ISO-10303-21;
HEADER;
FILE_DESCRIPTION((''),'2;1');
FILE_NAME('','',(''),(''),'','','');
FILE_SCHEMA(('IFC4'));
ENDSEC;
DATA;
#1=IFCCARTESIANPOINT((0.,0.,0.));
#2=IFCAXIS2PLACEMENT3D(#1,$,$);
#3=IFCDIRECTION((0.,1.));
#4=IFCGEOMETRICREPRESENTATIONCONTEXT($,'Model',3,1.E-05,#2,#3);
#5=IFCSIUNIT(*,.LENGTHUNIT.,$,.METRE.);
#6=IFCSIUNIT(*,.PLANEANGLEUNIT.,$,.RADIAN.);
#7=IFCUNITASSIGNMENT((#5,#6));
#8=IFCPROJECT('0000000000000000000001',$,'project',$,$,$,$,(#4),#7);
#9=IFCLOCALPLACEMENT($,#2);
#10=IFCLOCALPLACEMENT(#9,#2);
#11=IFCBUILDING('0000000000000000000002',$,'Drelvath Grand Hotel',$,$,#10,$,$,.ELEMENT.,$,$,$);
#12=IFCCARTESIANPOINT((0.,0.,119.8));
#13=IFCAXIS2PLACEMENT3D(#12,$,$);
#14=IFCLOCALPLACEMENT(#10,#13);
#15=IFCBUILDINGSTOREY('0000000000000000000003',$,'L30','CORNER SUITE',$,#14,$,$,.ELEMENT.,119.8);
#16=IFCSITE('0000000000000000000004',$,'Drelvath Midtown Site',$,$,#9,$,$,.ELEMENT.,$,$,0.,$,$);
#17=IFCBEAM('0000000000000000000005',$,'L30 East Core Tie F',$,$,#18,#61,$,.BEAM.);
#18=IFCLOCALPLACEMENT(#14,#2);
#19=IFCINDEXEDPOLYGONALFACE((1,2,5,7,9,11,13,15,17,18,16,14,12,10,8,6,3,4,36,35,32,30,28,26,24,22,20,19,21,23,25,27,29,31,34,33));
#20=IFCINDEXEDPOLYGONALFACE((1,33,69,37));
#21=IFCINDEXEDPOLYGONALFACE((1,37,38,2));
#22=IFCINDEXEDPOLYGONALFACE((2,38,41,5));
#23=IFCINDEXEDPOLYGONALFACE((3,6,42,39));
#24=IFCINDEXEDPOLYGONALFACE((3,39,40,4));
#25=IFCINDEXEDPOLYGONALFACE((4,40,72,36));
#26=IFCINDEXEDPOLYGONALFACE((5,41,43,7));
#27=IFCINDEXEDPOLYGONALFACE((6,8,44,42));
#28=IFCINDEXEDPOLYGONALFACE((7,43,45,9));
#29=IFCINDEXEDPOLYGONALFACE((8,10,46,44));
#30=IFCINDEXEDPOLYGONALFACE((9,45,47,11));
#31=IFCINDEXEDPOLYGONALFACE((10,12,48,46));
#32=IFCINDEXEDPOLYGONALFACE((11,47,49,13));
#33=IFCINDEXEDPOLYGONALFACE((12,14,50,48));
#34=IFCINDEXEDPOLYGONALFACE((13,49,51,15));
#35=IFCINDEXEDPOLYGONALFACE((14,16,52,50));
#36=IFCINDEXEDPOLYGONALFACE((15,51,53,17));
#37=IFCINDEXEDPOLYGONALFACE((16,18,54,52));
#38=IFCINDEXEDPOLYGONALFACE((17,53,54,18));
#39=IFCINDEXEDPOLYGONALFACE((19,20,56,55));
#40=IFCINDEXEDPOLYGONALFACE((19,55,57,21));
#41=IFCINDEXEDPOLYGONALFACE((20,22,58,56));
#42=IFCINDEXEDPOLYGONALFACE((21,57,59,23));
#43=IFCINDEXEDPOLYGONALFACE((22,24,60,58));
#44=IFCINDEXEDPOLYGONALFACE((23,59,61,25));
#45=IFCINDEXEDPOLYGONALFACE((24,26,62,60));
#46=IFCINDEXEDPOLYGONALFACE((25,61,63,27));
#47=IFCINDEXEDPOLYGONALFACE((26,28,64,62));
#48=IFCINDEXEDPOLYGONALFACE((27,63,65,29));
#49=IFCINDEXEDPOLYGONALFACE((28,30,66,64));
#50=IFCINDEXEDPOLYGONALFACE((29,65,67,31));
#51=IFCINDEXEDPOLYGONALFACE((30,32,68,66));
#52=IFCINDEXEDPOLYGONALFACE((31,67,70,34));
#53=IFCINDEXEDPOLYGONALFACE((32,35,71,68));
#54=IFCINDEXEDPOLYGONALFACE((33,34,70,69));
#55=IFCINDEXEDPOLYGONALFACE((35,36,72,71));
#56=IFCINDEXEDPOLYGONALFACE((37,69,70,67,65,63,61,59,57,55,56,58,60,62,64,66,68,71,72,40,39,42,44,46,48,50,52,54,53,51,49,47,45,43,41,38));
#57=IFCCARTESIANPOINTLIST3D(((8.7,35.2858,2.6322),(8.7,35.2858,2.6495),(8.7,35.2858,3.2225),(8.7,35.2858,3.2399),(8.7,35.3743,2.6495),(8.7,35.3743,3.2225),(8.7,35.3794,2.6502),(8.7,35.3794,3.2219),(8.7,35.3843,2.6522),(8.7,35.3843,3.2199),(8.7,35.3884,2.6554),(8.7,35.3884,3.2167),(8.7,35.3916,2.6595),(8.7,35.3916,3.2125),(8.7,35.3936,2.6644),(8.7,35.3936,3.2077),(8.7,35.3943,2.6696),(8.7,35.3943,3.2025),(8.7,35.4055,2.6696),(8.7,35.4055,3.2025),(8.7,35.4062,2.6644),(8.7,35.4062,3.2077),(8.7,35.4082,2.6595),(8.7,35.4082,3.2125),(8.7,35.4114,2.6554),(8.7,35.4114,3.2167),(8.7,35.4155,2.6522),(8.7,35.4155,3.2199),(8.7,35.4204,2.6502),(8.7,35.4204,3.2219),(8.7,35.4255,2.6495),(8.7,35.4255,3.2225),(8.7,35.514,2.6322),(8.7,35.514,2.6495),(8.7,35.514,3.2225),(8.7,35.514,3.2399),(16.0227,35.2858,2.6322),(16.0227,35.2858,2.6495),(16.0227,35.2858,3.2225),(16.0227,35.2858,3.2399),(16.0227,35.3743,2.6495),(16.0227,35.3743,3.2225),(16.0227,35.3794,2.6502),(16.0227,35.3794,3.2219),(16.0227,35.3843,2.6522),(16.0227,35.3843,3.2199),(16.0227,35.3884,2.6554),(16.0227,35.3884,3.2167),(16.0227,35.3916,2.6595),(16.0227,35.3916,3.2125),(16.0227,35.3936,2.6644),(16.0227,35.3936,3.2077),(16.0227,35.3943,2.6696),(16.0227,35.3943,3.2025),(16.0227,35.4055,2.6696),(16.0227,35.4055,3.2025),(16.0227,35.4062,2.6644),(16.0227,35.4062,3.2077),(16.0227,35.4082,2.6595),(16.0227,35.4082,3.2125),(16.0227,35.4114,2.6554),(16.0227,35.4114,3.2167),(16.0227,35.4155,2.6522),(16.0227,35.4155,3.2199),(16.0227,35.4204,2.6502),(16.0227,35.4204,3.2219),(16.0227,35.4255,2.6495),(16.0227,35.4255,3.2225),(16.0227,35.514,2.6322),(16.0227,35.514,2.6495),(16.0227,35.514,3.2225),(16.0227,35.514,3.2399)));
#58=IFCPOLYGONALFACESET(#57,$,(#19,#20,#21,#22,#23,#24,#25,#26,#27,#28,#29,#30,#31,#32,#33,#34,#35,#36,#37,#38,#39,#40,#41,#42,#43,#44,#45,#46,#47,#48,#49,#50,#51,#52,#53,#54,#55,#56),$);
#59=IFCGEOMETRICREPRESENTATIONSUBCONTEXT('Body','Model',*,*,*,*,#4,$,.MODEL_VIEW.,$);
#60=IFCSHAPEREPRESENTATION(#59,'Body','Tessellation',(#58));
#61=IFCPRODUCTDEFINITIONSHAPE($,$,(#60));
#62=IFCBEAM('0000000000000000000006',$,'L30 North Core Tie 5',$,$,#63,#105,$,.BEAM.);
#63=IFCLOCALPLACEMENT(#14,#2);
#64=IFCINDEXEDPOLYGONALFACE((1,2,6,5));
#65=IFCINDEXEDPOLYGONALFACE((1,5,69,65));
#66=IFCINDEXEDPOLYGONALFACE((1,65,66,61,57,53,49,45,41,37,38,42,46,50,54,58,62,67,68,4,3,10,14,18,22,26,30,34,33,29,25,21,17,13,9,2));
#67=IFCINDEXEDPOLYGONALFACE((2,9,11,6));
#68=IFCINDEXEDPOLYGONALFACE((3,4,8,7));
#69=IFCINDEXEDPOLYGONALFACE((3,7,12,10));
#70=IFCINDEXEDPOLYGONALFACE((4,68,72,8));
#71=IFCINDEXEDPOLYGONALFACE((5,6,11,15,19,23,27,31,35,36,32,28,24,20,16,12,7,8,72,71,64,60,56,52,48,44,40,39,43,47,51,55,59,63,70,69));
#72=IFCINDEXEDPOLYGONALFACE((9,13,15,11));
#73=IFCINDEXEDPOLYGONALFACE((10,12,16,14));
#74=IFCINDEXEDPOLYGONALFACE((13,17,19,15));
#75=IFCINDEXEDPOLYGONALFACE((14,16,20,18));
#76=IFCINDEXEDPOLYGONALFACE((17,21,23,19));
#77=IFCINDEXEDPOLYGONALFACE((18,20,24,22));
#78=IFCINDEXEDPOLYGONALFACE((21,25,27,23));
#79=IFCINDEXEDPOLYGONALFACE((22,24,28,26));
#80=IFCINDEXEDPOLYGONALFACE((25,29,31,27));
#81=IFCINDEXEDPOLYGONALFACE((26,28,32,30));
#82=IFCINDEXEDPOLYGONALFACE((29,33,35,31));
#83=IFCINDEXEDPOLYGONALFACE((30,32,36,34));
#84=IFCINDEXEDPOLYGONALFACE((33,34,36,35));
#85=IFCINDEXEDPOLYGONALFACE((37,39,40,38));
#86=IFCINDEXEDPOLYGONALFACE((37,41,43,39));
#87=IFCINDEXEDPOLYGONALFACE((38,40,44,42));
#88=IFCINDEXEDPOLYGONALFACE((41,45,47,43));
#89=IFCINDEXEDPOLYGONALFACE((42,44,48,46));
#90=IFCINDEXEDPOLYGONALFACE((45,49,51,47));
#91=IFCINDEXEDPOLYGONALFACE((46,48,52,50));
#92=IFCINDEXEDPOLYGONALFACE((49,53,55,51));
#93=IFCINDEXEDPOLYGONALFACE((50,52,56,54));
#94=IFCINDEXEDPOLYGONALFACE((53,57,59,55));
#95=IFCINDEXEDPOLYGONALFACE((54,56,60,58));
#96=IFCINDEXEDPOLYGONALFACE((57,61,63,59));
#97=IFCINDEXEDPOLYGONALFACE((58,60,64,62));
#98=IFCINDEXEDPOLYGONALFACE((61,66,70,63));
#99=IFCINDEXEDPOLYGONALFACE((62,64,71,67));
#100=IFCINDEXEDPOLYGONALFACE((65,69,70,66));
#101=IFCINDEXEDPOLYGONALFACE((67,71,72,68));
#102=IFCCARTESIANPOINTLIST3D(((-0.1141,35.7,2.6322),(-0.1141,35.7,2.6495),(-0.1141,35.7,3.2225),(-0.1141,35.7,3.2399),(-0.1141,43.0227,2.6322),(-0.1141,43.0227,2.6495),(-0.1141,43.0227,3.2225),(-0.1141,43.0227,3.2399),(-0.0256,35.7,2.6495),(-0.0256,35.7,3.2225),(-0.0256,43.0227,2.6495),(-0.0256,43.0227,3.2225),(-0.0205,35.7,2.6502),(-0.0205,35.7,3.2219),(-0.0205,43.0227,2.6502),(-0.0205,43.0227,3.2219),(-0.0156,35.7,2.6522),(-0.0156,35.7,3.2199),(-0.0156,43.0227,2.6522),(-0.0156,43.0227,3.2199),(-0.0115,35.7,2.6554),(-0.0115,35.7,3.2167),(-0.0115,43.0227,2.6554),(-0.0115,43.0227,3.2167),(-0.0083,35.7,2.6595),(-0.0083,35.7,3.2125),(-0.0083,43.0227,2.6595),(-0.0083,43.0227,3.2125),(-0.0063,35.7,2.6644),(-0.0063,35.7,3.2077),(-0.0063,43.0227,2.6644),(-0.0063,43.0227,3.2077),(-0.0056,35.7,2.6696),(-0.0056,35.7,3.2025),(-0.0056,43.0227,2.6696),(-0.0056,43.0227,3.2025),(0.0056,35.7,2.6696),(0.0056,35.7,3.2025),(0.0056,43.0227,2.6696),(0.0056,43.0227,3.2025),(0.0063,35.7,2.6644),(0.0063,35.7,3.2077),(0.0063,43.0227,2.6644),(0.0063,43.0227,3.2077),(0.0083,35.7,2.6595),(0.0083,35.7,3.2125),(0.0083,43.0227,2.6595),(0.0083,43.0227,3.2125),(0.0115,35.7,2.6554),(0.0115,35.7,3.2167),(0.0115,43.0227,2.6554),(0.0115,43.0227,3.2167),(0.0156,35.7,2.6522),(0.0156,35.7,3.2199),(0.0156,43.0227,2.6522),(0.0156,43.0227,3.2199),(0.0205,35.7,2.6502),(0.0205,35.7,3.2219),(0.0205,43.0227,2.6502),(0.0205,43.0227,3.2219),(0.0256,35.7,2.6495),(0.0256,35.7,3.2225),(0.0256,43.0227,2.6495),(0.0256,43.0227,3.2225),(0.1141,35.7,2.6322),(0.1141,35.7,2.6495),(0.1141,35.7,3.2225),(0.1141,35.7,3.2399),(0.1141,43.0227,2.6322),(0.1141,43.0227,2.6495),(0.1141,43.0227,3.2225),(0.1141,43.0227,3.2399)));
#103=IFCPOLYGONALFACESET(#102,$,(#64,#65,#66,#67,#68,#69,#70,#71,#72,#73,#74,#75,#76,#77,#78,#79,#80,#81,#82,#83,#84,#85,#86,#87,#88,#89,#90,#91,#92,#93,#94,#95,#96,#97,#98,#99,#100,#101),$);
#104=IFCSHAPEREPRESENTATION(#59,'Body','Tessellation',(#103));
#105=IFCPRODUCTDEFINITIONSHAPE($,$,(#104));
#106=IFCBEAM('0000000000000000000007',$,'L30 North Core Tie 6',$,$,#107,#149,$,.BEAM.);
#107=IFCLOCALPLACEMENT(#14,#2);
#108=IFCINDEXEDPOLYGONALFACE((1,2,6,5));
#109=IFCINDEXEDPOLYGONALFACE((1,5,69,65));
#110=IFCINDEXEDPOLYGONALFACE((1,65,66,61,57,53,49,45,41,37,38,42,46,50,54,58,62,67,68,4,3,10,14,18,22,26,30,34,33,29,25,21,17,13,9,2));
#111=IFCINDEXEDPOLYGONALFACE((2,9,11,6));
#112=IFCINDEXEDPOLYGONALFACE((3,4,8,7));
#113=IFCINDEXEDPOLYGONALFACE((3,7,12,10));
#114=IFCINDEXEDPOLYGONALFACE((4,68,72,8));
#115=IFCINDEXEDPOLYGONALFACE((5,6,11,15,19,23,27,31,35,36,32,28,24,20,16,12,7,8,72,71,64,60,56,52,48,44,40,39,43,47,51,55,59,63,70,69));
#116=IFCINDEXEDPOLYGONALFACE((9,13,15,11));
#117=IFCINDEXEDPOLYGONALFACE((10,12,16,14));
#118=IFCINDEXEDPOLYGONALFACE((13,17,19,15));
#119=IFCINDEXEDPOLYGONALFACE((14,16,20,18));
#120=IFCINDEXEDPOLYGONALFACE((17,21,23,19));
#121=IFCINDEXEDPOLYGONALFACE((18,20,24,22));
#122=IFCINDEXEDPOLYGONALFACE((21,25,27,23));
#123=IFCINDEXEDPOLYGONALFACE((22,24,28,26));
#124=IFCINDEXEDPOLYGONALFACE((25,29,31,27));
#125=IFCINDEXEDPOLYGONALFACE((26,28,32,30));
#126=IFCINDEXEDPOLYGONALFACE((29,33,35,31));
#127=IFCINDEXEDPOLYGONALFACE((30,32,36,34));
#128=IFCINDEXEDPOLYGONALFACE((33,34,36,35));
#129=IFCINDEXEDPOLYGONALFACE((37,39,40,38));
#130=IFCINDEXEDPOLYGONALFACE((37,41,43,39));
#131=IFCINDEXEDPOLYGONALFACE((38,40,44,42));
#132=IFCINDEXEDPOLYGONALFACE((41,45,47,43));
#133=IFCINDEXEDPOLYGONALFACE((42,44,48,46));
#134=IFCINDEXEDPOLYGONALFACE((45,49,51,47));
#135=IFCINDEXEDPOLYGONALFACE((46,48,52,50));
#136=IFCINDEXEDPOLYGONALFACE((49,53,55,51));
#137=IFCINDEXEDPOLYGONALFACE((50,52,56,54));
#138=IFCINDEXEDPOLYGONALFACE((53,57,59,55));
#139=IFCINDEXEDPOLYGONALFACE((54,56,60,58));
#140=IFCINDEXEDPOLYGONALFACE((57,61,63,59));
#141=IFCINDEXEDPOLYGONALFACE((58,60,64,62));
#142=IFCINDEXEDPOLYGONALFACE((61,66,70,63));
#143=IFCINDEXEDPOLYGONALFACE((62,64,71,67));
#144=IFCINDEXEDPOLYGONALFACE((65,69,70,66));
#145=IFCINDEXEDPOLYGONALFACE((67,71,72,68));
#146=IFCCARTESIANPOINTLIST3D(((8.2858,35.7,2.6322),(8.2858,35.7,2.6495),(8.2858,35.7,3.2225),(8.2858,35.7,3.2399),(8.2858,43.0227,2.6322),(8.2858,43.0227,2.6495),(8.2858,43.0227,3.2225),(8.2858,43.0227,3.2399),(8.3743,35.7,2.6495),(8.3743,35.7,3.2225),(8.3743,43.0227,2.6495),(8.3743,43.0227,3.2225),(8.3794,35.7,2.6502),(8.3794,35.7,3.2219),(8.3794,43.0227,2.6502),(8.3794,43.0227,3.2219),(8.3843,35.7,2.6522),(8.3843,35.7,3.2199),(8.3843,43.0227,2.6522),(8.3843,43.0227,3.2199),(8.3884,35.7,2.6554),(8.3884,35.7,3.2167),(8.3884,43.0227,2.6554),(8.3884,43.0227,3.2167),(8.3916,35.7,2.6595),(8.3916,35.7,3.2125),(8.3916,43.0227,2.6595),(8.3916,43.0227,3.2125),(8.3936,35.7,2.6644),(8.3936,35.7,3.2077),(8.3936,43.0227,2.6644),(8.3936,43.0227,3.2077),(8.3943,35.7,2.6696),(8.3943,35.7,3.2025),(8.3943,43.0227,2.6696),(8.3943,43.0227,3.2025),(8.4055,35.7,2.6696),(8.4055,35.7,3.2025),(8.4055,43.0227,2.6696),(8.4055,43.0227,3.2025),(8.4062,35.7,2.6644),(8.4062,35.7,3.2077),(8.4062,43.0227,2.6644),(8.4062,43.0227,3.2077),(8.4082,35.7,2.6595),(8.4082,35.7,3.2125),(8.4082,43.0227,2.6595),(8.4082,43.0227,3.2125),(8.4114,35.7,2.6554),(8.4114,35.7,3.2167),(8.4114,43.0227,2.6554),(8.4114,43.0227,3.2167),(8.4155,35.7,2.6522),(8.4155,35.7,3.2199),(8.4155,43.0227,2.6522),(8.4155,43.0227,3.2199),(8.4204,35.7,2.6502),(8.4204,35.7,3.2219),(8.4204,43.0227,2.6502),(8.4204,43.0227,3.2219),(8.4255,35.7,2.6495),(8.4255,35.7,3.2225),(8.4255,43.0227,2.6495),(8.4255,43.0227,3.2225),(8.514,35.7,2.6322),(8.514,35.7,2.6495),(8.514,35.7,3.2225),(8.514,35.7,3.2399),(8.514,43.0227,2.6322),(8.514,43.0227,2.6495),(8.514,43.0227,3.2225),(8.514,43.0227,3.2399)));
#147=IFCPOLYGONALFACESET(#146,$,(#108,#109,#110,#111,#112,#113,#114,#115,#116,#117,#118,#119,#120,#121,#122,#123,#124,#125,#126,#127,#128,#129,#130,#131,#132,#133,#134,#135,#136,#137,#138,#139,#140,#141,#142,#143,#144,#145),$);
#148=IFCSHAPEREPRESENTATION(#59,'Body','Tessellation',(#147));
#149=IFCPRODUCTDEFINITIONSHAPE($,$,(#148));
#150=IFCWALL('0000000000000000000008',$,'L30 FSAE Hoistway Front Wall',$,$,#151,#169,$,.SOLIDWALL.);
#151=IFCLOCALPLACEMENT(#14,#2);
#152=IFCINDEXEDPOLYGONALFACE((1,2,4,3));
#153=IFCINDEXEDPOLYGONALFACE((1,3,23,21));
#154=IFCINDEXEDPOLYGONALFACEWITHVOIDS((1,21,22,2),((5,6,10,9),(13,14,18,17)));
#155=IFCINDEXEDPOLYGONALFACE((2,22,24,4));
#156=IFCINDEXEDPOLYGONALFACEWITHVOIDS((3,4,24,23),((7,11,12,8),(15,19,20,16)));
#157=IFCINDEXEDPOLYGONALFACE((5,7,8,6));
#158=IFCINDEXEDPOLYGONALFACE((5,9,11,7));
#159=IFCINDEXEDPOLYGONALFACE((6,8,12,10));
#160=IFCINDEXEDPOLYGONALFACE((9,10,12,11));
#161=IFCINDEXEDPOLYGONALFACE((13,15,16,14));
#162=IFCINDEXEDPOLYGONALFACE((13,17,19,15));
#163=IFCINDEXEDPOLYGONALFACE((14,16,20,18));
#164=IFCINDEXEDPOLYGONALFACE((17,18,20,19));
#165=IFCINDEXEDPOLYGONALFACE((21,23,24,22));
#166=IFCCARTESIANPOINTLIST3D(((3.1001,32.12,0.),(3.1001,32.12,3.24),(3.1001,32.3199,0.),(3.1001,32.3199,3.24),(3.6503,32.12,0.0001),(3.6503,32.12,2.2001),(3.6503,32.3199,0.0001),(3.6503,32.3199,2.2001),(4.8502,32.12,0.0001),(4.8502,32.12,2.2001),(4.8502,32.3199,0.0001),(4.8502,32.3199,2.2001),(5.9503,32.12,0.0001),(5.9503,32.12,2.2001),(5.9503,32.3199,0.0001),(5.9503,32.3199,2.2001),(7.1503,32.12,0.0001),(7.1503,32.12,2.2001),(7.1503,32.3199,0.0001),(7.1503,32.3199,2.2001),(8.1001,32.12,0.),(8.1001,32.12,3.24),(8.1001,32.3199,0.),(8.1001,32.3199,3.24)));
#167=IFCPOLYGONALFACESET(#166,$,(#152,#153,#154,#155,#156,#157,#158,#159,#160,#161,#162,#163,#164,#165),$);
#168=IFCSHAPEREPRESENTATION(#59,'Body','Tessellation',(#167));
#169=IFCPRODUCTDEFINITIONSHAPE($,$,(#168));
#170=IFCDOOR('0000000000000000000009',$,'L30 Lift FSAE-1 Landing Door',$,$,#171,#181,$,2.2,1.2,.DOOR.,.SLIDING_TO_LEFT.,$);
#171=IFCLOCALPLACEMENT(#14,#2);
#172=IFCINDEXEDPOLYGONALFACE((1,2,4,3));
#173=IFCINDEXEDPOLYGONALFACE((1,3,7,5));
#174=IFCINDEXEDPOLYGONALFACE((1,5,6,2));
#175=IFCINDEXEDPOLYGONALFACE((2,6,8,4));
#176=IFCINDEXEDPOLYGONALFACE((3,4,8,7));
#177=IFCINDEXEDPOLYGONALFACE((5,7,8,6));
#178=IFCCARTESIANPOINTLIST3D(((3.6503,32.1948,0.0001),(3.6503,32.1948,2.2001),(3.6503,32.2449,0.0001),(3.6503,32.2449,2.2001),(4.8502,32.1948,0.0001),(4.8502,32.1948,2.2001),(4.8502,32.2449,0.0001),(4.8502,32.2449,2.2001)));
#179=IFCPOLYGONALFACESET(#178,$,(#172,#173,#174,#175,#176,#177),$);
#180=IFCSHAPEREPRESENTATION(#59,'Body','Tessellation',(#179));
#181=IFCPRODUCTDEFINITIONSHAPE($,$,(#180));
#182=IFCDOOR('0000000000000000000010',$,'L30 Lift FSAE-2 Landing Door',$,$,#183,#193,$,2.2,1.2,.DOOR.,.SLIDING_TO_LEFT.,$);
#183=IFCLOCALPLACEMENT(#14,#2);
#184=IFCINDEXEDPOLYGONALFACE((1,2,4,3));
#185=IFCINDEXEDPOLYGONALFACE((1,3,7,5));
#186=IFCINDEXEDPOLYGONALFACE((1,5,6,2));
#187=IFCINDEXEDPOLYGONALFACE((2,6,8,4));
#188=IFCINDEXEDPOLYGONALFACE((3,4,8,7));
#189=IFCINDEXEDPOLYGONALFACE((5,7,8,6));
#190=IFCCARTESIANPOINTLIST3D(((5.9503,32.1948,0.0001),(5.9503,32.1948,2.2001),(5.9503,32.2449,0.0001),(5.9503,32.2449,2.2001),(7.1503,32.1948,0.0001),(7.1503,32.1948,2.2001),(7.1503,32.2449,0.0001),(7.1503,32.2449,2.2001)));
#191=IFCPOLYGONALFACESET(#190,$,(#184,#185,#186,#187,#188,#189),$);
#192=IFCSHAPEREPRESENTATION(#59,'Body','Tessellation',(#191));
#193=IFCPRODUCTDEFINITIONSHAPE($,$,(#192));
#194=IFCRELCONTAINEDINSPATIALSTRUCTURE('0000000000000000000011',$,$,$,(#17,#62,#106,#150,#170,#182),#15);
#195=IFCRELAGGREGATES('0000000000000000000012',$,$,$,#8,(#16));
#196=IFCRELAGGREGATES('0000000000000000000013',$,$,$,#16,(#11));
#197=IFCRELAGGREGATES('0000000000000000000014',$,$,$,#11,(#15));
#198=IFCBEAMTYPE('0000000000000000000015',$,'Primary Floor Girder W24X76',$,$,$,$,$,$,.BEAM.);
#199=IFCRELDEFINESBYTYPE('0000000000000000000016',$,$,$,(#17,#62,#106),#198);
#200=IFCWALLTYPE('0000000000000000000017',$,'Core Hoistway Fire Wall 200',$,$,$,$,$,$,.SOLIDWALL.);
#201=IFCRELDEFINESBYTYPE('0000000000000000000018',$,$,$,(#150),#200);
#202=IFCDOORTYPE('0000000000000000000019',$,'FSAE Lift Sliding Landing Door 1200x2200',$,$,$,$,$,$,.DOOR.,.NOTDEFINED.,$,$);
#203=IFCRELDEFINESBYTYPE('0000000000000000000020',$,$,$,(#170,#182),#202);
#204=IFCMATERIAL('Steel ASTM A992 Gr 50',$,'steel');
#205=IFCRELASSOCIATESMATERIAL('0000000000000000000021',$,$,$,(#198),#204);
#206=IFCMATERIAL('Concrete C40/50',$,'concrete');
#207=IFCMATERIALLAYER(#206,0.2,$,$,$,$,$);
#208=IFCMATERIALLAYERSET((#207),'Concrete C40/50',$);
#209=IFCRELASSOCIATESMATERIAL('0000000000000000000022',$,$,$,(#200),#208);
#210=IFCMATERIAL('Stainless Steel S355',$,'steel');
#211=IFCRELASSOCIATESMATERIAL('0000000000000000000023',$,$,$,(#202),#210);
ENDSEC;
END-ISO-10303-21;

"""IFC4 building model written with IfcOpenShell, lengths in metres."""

from ifc_helpers import new_model, si_unit, direction, frame, frame_2d, origin, origin_2d, place, context, subcontext, project, spatial, rectangle, i_section, extrude, material, layer, layer_set, material_profile, profile_set, type_object, element, fill, save


model = new_model("IFC4")

# Units and contexts
model_context = context("Model", 3, precision=1e-05, world=origin(), true_north=direction((0.0, 1.0)))
body_context = subcontext(model_context, "Body", "Model", "MODEL_VIEW")
ifc_project = project(units=[si_unit("LENGTHUNIT", "METRE"), si_unit("PLANEANGLEUNIT", "RADIAN")], contexts=[model_context])

# Site, building, storey
site_placement = place(None, origin())
site = spatial("IfcSite", under=ifc_project, at=site_placement, Name="Drelvath Midtown Site", CompositionType="ELEMENT", RefElevation=0.0)
building_placement = place(site_placement, origin())
building = spatial("IfcBuilding", under=site, at=building_placement, Name="Drelvath Grand Hotel", CompositionType="ELEMENT")
storey_placement = place(building_placement, frame((0.0, 0.0, 119.8)))
storey = spatial("IfcBuildingStorey", under=building, at=storey_placement, Name="L30", Description="CORNER SUITE", CompositionType="ELEMENT", Elevation=119.8)

# Beams
ifc_material_1 = material(Name="Steel ASTM A992 Gr 50", Category="steel")
ifc_material_profile = material_profile(ifc_material_1, i_section(OverallWidth=0.2283, OverallDepth=0.6077, WebThickness=0.0112, FlangeThickness=0.0173, FilletRadius=0.02, at=origin_2d()), Name="W24X76")
ifc_profile_set = profile_set([ifc_material_profile], Name="Steel ASTM A992 Gr 50")
beam_type = type_object("IfcBeamType", Name="Primary Floor Girder W24X76", PredefinedType="BEAM", material=ifc_profile_set)
for number, where, z_axis, x_axis, name in (
    (1, (8.7, 35.3999, 2.936), (1.0, 0.0, 0.0), (0.0, 1.0, 0.0), "L30 East Core Tie F"),
    (2, (0.0, 35.7, 2.936), (0.0, 1.0, 0.0), (-1.0, 0.0, 0.0), "L30 North Core Tie 5"),
    (3, (8.3999, 35.7, 2.936), (0.0, 1.0, 0.0), (-1.0, 0.0, 0.0), "L30 North Core Tie 6"),
):
    element("IfcBeam", number, at=place(storey_placement, frame(where, z_axis=z_axis, x_axis=x_axis)), inside=storey, type_object=beam_type, Name=name, PredefinedType="BEAM", context=body_context, shape_type="SweptSolid", body=[
        extrude(i_section(OverallWidth=0.2283, OverallDepth=0.6077, WebThickness=0.0112, FlangeThickness=0.0173, FilletRadius=0.02, at=origin_2d()), origin(), (0.0, 0.0, 1.0), 7.3228),
    ])

# Wall, openings, doors
ifc_material_2 = material(Name="Concrete C40/50", Category="concrete")
ifc_layer_1 = layer(ifc_material_2, 0.2)
ifc_layer_set_1 = layer_set([ifc_layer_1], Name="Concrete C40/50")
wall_type_1 = type_object("IfcWallType", Name="Core Hoistway Fire Wall 200", PredefinedType="SOLIDWALL", material=ifc_layer_set_1)
wall_1_placement = place(storey_placement, frame((3.1001, 32.22, 0.0), z_axis=(0.0, 0.0, 1.0), x_axis=(1.0, 0.0, 0.0)))
wall_1 = element("IfcWall", 4, at=wall_1_placement, inside=storey, type_object=wall_type_1, Name="L30 FSAE Hoistway Front Wall", PredefinedType="SOLIDWALL", context=body_context, shape_type="SweptSolid", body=[
    extrude(rectangle(XDim=5.0, YDim=0.2, at=frame_2d((2.5, 0.0))), origin(), (0.0, 0.0, 1.0), 3.24),
])
opening_1_placement = place(wall_1_placement, frame((0.55, 0.0, 0.0)))
opening_1 = element("IfcOpeningElement", 5, at=opening_1_placement, cuts=wall_1, PredefinedType="OPENING", context=body_context, shape_type="SweptSolid", body=[
    extrude(rectangle(XDim=1.2, YDim=2.2, at=frame_2d((0.6001, 1.1001))), frame((0.0, 0.1099, 0.0), z_axis=(0.0, -1.0, 0.0), x_axis=(1.0, 0.0, 0.0)), (0.0, 0.0, 1.0), 0.22),
])
opening_2_placement = place(wall_1_placement, frame((2.8501, 0.0, 0.0)))
opening_2 = element("IfcOpeningElement", 6, at=opening_2_placement, cuts=wall_1, PredefinedType="OPENING", context=body_context, shape_type="SweptSolid", body=[
    extrude(rectangle(XDim=1.2, YDim=2.2, at=frame_2d((0.6001, 1.1001))), frame((0.0, 0.1099, 0.0), z_axis=(0.0, -1.0, 0.0), x_axis=(1.0, 0.0, 0.0)), (0.0, 0.0, 1.0), 0.22),
])
ifc_material_3 = material(Name="Stainless Steel S355", Category="steel")
door_type_1 = type_object("IfcDoorType", Name="FSAE Lift Sliding Landing Door 1200x2200", OperationType="NOTDEFINED", PredefinedType="DOOR", material=ifc_material_3)
door_1_placement = place(opening_1_placement, origin())
door_1 = element("IfcDoor", 7, at=door_1_placement, inside=storey, type_object=door_type_1, Name="L30 Lift FSAE-1 Landing Door", OperationType="SLIDING_TO_LEFT", OverallHeight=2.2, OverallWidth=1.2, PredefinedType="DOOR", context=body_context, shape_type="SweptSolid", body=[
    extrude(rectangle(XDim=1.2, YDim=2.2, at=frame_2d((0.6001, 1.1001))), frame((0.0, 0.0249, 0.0), z_axis=(0.0, -1.0, 0.0), x_axis=(1.0, 0.0, 0.0)), (0.0, 0.0, 1.0), 0.05),
])
fill(opening_1, door_1)
door_2_placement = place(opening_2_placement, origin())
door_2 = element("IfcDoor", 8, at=door_2_placement, inside=storey, type_object=door_type_1, Name="L30 Lift FSAE-2 Landing Door", OperationType="SLIDING_TO_LEFT", OverallHeight=2.2, OverallWidth=1.2, PredefinedType="DOOR", context=body_context, shape_type="SweptSolid", body=[
    extrude(rectangle(XDim=1.2, YDim=2.2, at=frame_2d((0.6001, 1.1001))), frame((0.0, 0.0249, 0.0), z_axis=(0.0, -1.0, 0.0), x_axis=(1.0, 0.0, 0.0)), (0.0, 0.0, 1.0), 0.05),
])
fill(opening_2, door_2)

save(model, "model.ifc")
